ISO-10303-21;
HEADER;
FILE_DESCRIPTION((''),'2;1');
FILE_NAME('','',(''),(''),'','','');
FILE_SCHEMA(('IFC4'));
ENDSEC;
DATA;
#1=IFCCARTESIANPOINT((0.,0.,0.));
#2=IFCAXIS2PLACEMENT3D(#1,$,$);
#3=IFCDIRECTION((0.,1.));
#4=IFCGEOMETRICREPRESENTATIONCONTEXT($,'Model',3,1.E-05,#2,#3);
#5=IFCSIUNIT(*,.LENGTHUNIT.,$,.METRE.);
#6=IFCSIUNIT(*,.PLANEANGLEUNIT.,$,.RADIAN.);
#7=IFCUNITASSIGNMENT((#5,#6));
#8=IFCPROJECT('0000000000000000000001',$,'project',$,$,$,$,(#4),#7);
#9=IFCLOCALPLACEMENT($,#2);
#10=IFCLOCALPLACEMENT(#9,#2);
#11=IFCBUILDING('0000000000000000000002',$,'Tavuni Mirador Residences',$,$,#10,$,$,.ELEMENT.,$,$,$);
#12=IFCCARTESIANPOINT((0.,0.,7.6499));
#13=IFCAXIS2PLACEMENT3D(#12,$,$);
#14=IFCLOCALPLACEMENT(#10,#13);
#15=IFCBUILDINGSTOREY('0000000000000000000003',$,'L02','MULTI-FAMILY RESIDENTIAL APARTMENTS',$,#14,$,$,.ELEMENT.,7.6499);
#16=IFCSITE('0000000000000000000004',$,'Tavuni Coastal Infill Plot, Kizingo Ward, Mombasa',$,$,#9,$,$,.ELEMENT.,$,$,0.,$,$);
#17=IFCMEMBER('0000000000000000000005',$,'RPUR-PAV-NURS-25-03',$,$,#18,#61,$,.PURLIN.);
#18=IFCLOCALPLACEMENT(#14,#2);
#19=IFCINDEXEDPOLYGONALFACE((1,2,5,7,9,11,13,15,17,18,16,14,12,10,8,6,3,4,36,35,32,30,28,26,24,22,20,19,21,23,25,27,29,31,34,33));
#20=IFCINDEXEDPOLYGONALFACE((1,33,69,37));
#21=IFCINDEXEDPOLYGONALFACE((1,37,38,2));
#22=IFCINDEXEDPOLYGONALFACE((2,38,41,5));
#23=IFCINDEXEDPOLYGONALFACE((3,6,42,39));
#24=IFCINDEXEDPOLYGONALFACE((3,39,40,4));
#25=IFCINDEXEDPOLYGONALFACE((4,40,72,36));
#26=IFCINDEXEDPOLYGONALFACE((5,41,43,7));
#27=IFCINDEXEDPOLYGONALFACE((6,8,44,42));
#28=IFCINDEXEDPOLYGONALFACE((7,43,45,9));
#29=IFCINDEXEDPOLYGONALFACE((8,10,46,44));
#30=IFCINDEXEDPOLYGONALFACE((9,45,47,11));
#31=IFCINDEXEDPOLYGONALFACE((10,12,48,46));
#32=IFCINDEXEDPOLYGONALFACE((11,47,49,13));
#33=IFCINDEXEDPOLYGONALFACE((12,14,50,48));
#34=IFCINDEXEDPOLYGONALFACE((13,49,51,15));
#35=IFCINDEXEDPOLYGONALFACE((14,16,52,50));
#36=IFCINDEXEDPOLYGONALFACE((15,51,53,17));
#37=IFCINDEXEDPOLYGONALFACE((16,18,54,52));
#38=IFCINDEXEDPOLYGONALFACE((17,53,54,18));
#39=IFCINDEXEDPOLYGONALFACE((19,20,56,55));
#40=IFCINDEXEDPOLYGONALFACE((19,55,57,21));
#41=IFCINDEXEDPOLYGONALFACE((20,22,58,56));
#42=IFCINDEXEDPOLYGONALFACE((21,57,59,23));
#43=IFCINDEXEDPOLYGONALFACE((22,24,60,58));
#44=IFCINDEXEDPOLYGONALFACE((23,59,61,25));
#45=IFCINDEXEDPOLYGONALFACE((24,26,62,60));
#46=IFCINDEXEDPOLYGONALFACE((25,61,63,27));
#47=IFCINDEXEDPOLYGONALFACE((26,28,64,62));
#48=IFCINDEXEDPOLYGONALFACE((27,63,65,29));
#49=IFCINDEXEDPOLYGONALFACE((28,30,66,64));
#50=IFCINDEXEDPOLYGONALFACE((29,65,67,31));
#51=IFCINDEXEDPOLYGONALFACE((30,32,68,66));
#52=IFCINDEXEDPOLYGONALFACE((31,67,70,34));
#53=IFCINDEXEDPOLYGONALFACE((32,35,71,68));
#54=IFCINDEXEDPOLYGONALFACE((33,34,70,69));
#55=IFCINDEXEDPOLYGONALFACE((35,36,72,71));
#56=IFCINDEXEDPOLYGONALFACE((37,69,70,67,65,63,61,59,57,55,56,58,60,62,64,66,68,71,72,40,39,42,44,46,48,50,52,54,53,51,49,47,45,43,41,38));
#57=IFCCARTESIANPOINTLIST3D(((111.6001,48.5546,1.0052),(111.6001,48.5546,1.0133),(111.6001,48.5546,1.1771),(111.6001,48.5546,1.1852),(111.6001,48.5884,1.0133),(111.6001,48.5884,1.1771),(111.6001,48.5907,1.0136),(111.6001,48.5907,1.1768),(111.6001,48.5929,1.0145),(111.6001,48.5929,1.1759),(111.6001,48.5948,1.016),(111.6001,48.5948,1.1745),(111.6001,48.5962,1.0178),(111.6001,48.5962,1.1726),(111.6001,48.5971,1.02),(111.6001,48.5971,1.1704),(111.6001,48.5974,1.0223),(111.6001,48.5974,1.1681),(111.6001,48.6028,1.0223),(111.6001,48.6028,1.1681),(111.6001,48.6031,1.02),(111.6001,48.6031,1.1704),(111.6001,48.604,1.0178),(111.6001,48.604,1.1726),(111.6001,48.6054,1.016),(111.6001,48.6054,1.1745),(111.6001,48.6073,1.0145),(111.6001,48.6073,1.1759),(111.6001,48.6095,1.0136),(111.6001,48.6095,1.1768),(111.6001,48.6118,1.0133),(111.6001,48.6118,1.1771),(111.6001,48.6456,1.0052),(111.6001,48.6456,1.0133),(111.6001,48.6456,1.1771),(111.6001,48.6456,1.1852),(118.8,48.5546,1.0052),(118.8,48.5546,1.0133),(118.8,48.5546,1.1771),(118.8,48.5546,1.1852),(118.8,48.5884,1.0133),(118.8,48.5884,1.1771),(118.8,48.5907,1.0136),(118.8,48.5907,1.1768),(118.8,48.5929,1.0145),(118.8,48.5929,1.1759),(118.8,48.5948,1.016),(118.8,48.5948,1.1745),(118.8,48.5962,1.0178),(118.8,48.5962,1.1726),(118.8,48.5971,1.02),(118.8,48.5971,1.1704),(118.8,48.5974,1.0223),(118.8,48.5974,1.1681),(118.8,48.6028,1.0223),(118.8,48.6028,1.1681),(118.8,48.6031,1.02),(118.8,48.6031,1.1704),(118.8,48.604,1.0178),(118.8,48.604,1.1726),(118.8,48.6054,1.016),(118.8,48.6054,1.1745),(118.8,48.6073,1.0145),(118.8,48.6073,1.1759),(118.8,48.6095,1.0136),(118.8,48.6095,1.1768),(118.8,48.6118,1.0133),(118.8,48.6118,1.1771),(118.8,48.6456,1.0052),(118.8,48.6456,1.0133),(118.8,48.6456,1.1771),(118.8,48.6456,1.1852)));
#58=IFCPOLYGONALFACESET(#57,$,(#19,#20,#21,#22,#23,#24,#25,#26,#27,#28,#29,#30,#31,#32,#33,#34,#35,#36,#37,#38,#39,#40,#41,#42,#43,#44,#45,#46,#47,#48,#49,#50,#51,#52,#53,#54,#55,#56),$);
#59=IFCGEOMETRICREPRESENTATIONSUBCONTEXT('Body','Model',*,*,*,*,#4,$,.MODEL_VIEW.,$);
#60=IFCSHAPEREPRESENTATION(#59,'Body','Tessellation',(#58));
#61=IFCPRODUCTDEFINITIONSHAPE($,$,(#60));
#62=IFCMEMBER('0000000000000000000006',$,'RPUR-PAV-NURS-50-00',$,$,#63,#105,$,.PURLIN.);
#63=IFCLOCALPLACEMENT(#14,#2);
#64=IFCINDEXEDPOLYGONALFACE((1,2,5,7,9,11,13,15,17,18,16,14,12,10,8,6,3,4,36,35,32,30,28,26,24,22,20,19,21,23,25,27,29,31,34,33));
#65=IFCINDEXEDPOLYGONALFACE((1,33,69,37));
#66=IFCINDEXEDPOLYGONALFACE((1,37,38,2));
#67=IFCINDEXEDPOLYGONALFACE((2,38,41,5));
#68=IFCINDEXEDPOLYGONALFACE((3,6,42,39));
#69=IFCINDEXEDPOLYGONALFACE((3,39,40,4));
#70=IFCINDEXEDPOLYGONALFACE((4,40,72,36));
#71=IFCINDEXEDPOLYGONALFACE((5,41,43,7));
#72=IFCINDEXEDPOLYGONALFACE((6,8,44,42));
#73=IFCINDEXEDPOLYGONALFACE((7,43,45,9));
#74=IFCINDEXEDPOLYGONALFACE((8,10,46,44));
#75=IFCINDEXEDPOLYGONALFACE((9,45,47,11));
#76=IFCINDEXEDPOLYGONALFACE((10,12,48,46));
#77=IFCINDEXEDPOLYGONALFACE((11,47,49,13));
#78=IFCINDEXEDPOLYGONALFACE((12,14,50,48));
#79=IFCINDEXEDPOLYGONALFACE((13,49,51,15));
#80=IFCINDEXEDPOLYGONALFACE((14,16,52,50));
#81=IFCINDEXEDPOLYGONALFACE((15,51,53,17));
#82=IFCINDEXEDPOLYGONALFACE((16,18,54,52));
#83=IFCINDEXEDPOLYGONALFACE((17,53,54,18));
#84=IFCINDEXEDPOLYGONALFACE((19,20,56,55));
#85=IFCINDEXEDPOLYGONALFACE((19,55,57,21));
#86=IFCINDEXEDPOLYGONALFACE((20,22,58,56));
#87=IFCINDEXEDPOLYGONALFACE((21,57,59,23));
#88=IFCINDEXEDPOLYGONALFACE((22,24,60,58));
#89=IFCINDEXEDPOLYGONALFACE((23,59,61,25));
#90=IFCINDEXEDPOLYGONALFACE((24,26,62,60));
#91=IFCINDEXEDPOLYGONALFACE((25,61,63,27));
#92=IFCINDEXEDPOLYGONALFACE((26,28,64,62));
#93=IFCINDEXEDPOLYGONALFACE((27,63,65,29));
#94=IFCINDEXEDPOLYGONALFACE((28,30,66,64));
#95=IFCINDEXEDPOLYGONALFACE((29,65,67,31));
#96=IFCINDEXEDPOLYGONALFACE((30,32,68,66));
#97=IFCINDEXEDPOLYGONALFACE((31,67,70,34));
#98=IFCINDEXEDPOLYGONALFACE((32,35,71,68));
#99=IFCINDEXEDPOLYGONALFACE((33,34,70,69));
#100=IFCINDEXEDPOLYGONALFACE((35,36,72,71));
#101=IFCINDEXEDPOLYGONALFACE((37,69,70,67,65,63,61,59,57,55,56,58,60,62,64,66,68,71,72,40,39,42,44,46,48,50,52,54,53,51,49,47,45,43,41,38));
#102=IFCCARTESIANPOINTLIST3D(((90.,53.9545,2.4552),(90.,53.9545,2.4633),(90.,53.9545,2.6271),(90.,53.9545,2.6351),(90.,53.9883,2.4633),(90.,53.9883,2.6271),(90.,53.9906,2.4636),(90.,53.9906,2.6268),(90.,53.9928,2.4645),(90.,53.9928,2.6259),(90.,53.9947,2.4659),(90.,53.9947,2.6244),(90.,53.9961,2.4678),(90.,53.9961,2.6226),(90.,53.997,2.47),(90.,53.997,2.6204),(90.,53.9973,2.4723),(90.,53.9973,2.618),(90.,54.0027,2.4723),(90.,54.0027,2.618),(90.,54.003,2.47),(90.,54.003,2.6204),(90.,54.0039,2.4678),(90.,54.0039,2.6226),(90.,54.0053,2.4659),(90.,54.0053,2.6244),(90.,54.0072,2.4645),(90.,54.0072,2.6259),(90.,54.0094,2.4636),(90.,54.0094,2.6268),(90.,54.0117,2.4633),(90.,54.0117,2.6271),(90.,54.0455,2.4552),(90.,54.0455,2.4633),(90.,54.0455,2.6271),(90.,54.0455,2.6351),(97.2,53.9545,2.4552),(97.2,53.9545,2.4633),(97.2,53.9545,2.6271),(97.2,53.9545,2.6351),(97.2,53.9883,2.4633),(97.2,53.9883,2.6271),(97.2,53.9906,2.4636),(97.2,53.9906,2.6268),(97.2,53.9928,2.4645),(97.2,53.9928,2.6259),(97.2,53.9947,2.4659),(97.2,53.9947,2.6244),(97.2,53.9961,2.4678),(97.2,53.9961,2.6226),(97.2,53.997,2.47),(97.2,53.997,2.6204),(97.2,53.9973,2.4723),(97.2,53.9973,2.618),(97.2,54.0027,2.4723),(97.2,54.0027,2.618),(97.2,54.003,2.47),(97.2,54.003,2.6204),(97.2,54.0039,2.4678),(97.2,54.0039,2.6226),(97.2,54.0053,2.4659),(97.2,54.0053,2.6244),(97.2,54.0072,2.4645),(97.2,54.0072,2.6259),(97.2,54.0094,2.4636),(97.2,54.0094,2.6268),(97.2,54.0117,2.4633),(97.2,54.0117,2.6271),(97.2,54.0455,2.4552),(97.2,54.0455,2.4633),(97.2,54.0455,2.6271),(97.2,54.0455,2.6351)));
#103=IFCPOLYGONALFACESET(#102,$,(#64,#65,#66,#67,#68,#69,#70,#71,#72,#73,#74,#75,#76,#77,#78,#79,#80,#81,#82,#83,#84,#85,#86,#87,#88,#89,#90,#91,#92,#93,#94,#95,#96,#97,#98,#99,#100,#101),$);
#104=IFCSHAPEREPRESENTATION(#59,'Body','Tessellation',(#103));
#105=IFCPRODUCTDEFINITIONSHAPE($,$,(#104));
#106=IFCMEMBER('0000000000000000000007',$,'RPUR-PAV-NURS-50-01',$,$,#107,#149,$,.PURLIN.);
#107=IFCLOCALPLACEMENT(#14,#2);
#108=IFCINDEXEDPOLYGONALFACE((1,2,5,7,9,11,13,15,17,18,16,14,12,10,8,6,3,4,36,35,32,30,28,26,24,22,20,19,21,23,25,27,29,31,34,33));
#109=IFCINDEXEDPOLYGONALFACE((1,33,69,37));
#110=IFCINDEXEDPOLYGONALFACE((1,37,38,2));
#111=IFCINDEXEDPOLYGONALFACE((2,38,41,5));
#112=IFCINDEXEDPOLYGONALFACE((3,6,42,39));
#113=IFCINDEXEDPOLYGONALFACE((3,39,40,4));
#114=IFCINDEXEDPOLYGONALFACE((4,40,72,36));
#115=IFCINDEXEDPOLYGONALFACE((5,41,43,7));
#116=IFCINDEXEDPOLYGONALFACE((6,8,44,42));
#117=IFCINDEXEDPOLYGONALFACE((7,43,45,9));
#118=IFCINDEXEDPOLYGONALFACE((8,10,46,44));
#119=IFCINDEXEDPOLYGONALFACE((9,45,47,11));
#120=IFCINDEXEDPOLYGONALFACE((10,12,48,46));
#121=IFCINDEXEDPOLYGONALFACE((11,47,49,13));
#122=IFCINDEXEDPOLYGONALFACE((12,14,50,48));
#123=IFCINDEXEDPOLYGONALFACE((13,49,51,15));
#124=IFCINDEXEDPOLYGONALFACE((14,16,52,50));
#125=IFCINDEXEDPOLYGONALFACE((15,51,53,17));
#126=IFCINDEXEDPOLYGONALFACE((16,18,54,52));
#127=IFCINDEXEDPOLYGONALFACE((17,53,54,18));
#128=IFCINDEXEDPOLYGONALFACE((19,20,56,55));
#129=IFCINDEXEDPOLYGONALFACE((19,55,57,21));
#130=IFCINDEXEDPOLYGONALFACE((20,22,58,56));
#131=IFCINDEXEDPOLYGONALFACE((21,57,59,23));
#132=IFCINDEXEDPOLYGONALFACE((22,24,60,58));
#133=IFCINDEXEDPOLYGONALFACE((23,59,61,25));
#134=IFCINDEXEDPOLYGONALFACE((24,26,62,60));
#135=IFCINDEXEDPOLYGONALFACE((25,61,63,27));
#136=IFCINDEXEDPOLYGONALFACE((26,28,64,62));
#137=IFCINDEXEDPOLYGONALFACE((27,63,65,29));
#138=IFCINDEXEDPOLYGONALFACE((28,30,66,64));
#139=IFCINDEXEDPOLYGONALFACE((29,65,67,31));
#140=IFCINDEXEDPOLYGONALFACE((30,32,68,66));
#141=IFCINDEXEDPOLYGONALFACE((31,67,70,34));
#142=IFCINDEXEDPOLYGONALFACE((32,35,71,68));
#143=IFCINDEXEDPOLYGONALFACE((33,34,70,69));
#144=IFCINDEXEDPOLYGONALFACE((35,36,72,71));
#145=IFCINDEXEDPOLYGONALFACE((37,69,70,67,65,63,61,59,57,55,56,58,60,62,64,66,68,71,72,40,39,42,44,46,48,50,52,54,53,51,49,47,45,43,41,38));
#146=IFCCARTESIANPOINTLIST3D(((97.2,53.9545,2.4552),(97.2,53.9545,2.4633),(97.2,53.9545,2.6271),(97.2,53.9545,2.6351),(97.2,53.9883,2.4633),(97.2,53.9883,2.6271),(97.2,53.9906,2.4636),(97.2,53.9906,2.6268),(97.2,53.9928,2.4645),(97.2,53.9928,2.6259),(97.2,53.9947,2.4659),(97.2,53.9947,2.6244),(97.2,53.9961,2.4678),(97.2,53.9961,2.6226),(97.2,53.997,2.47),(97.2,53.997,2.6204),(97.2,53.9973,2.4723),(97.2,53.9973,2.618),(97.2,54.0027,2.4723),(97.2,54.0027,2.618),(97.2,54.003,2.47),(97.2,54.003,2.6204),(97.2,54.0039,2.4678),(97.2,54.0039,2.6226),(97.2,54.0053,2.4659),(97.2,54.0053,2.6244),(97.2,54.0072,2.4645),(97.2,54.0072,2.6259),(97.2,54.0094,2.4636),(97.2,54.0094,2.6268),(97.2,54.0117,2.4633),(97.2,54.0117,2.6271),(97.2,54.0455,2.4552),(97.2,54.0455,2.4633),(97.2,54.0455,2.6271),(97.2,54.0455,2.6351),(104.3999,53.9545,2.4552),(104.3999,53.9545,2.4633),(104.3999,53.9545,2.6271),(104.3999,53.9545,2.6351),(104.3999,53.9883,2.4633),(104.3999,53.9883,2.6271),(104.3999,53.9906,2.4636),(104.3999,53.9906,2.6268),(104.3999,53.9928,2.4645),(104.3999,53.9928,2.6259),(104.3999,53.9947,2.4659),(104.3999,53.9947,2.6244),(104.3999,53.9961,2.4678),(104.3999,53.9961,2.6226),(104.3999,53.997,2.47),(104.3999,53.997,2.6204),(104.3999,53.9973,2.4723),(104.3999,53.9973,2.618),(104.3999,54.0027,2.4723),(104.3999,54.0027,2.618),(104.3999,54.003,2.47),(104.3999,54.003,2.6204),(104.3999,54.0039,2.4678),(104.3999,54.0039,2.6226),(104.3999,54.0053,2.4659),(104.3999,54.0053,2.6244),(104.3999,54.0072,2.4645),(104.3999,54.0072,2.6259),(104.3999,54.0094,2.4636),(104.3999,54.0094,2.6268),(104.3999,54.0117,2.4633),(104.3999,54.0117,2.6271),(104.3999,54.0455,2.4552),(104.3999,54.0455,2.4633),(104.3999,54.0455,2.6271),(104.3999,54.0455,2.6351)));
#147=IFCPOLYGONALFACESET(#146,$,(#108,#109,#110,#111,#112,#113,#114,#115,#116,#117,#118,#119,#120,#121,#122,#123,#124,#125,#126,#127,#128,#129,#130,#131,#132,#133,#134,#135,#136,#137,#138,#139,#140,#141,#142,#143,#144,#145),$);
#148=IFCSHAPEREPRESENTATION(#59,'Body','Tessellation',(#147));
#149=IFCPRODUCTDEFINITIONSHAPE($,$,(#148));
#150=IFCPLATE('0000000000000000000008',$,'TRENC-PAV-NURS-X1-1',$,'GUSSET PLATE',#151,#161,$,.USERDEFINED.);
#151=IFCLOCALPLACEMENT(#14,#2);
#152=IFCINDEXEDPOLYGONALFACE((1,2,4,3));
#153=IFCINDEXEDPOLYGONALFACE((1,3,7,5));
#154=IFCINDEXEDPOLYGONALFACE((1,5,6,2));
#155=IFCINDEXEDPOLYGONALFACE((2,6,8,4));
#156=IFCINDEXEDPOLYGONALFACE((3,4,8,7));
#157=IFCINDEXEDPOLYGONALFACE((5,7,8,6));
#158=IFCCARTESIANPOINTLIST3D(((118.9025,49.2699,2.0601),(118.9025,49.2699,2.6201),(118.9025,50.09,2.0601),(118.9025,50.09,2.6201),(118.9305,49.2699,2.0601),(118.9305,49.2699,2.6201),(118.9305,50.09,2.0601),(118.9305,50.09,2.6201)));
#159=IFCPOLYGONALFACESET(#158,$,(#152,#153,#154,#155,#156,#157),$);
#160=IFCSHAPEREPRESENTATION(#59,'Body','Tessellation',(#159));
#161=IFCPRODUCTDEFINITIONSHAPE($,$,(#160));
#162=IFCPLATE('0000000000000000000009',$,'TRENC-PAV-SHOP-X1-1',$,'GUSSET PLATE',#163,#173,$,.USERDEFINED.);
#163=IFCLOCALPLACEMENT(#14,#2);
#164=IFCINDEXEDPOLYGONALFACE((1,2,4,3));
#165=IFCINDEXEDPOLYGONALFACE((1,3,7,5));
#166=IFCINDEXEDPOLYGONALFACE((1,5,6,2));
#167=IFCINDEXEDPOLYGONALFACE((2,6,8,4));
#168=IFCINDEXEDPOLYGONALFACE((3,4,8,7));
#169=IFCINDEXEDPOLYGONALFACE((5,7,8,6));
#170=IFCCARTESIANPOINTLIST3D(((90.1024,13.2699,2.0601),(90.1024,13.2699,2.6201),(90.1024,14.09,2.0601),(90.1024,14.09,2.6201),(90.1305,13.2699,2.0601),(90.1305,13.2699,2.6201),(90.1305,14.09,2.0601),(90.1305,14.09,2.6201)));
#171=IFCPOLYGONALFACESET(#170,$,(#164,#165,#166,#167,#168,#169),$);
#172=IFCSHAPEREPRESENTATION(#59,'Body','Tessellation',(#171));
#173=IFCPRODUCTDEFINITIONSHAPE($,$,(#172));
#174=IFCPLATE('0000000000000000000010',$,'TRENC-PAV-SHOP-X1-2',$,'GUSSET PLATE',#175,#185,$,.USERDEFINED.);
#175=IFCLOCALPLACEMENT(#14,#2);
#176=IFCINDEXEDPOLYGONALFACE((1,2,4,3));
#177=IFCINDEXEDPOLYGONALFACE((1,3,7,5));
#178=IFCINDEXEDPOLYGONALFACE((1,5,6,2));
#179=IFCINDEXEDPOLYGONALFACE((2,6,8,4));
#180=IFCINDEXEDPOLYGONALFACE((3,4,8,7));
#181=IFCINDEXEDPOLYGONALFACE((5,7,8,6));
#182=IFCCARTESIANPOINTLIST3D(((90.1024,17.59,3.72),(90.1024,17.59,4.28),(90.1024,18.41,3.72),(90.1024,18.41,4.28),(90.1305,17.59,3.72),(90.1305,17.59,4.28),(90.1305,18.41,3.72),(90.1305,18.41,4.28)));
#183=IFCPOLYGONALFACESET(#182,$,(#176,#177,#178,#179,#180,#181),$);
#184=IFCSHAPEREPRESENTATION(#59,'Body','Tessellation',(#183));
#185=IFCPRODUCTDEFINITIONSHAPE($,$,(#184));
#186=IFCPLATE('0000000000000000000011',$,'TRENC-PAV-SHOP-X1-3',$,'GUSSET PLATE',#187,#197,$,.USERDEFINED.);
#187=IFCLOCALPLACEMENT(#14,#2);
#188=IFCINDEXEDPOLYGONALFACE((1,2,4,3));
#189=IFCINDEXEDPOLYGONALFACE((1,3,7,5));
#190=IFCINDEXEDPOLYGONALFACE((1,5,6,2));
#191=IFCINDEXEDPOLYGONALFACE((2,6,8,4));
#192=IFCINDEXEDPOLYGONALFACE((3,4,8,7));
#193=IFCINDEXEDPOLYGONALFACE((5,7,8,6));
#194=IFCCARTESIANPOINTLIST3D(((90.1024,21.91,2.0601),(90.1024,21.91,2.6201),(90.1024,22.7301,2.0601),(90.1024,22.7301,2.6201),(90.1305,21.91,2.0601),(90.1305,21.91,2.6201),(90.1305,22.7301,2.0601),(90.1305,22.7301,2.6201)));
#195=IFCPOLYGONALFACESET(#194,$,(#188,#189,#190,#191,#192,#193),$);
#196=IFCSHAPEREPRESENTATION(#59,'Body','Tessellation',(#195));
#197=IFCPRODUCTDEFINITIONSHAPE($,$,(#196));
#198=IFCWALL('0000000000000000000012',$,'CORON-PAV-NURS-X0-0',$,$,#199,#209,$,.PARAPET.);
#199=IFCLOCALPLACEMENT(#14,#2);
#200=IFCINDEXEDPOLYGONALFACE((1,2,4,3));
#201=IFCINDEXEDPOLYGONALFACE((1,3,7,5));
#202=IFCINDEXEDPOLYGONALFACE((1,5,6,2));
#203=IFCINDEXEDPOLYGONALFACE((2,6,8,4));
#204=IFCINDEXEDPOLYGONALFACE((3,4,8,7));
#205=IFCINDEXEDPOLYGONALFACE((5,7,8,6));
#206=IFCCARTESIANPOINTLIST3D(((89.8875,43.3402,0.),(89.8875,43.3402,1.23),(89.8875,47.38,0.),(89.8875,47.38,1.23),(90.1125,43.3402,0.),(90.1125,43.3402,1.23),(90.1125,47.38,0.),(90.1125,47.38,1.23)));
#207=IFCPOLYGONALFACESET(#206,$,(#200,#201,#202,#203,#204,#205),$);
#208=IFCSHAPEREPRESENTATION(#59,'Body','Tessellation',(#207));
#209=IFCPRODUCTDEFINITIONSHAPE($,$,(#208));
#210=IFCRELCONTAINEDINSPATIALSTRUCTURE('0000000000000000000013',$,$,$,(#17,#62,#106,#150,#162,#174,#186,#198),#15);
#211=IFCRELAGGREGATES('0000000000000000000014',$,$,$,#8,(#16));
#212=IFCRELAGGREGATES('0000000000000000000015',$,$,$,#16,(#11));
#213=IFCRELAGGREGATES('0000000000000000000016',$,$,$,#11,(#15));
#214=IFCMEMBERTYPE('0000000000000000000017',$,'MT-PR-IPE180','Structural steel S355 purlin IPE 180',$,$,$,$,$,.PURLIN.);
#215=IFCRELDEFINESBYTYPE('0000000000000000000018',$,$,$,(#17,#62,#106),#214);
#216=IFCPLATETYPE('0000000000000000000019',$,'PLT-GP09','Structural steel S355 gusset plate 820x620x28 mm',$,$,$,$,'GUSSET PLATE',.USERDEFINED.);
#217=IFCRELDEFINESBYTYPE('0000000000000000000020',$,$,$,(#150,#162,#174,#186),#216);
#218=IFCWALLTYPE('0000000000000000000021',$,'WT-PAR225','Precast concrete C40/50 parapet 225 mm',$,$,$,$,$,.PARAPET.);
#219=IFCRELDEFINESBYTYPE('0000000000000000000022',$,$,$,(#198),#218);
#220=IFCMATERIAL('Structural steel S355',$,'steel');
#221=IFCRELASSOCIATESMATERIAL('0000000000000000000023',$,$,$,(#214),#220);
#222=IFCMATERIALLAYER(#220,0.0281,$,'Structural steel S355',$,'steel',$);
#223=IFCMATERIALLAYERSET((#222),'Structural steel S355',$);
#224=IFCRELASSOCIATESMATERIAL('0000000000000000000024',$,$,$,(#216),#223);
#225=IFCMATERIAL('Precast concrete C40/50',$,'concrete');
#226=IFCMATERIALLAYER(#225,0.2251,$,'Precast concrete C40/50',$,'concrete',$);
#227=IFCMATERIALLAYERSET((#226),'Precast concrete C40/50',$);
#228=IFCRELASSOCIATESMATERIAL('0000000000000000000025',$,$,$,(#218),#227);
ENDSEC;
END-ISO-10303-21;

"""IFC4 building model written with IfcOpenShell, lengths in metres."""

from ifc_helpers import new_model, si_unit, direction, frame, frame_2d, origin, origin_2d, place, context, subcontext, project, spatial, rectangle, i_section, extrude, material, layer, layer_set, material_profile, profile_set, type_object, element, save


model = new_model("IFC4")

# Units and contexts
model_context = context("Model", 3, precision=1e-05, world=origin(), true_north=direction((0.0, 1.0)))
body_context = subcontext(model_context, "Body", "Model", "MODEL_VIEW")
ifc_project = project(units=[si_unit("LENGTHUNIT", "METRE"), si_unit("PLANEANGLEUNIT", "RADIAN")], contexts=[model_context])

# Site, building, storey
site_placement = place(None, origin())
site = spatial("IfcSite", under=ifc_project, at=site_placement, Name="Tavuni Coastal Infill Plot, Kizingo Ward, Mombasa", CompositionType="ELEMENT", RefElevation=0.0)
building_placement = place(site_placement, origin())
building = spatial("IfcBuilding", under=site, at=building_placement, Name="Tavuni Mirador Residences", CompositionType="ELEMENT")
storey_placement = place(building_placement, frame((0.0, 0.0, 7.6499)))
storey = spatial("IfcBuildingStorey", under=building, at=storey_placement, Name="L02", Description="MULTI-FAMILY RESIDENTIAL APARTMENTS", CompositionType="ELEMENT", Elevation=7.6499)

# Members
ifc_material_1 = material(Name="Structural steel S355", Category="steel")
ifc_material_profile_1 = material_profile(ifc_material_1, i_section(OverallWidth=0.0911, OverallDepth=0.1799, WebThickness=0.0054, FlangeThickness=0.0081, FilletRadius=0.009, at=origin_2d()), Name="IPE 180", Category="steel")
ifc_profile_set_1 = profile_set([ifc_material_profile_1], Name="Structural steel S355")
member_type_1 = type_object("IfcMemberType", Name="MT-PR-IPE180", Description="Structural steel S355 purlin IPE 180", PredefinedType="PURLIN", material=ifc_profile_set_1)
for number, where, z_axis, x_axis, name in (
    (1, (111.6001, 48.6001, 1.0952), (1.0, 0.0, 0.0), (0.0, 1.0, 0.0), "RPUR-PAV-NURS-25-03"),
    (2, (90.0, 54.0, 2.5452), (1.0, 0.0, 0.0), (0.0, 1.0, 0.0), "RPUR-PAV-NURS-50-00"),
    (3, (97.2, 54.0, 2.5452), (1.0, 0.0, 0.0), (0.0, 1.0, 0.0), "RPUR-PAV-NURS-50-01"),
):
    element("IfcMember", number, at=place(storey_placement, frame(where, z_axis=z_axis, x_axis=x_axis)), inside=storey, type_object=member_type_1, Name=name, PredefinedType="PURLIN", context=body_context, shape_type="SweptSolid", body=[
        extrude(i_section(OverallWidth=0.0911, OverallDepth=0.1799, WebThickness=0.0054, FlangeThickness=0.0081, FilletRadius=0.009, at=origin_2d()), origin(), (0.0, 0.0, 1.0), 7.2),
    ])

# Plates
ifc_layer_1 = layer(ifc_material_1, 0.0281, Name="Structural steel S355", Category="steel")
ifc_layer_set_1 = layer_set([ifc_layer_1], Name="Structural steel S355")
plate_type = type_object("IfcPlateType", Name="PLT-GP09", Description="Structural steel S355 gusset plate 820x620x28 mm", ElementType="GUSSET PLATE", PredefinedType="USERDEFINED", material=ifc_layer_set_1)
for number, where, z_axis, x_axis, name in (
    (4, (118.9165, 49.6799, 2.0601), (0.0, 0.0, 1.0), (0.0, 1.0, 0.0), "TRENC-PAV-NURS-X1-1"),
    (5, (90.1165, 13.6799, 2.0601), (0.0, 0.0, 1.0), (0.0, 1.0, 0.0), "TRENC-PAV-SHOP-X1-1"),
    (6, (90.1165, 18.0, 3.72), (0.0, 0.0, 1.0), (0.0, 1.0, 0.0), "TRENC-PAV-SHOP-X1-2"),
    (7, (90.1165, 22.3201, 2.0601), (0.0, 0.0, 1.0), (0.0, 1.0, 0.0), "TRENC-PAV-SHOP-X1-3"),
):
    element("IfcPlate", number, at=place(storey_placement, frame(where, z_axis=z_axis, x_axis=x_axis)), inside=storey, type_object=plate_type, Name=name, ObjectType="GUSSET PLATE", PredefinedType="USERDEFINED", context=body_context, shape_type="SweptSolid", body=[
        extrude(rectangle(XDim=0.8201, YDim=0.0281, at=origin_2d()), origin(), (0.0, 0.0, 1.0), 0.5601),
    ])

# Wall
ifc_material_2 = material(Name="Precast concrete C40/50", Category="concrete")
ifc_layer_2 = layer(ifc_material_2, 0.2251, Name="Precast concrete C40/50", Category="concrete")
ifc_layer_set_2 = layer_set([ifc_layer_2], Name="Precast concrete C40/50")
wall_type = type_object("IfcWallType", Name="WT-PAR225", Description="Precast concrete C40/50 parapet 225 mm", PredefinedType="PARAPET", material=ifc_layer_set_2)
wall_1_placement = place(storey_placement, frame((90.0, 43.3401, 0.0), z_axis=(0.0, 0.0, 1.0), x_axis=(0.0, 1.0, 0.0)))
element("IfcWall", 8, at=wall_1_placement, inside=storey, type_object=wall_type, Name="CORON-PAV-NURS-X0-0", PredefinedType="PARAPET", context=body_context, shape_type="SweptSolid", body=[
    extrude(rectangle(XDim=4.0398, YDim=0.2251, at=frame_2d((2.02, 0.0))), origin(), (0.0, 0.0, 1.0), 1.23),
])

save(model, "model.ifc")
